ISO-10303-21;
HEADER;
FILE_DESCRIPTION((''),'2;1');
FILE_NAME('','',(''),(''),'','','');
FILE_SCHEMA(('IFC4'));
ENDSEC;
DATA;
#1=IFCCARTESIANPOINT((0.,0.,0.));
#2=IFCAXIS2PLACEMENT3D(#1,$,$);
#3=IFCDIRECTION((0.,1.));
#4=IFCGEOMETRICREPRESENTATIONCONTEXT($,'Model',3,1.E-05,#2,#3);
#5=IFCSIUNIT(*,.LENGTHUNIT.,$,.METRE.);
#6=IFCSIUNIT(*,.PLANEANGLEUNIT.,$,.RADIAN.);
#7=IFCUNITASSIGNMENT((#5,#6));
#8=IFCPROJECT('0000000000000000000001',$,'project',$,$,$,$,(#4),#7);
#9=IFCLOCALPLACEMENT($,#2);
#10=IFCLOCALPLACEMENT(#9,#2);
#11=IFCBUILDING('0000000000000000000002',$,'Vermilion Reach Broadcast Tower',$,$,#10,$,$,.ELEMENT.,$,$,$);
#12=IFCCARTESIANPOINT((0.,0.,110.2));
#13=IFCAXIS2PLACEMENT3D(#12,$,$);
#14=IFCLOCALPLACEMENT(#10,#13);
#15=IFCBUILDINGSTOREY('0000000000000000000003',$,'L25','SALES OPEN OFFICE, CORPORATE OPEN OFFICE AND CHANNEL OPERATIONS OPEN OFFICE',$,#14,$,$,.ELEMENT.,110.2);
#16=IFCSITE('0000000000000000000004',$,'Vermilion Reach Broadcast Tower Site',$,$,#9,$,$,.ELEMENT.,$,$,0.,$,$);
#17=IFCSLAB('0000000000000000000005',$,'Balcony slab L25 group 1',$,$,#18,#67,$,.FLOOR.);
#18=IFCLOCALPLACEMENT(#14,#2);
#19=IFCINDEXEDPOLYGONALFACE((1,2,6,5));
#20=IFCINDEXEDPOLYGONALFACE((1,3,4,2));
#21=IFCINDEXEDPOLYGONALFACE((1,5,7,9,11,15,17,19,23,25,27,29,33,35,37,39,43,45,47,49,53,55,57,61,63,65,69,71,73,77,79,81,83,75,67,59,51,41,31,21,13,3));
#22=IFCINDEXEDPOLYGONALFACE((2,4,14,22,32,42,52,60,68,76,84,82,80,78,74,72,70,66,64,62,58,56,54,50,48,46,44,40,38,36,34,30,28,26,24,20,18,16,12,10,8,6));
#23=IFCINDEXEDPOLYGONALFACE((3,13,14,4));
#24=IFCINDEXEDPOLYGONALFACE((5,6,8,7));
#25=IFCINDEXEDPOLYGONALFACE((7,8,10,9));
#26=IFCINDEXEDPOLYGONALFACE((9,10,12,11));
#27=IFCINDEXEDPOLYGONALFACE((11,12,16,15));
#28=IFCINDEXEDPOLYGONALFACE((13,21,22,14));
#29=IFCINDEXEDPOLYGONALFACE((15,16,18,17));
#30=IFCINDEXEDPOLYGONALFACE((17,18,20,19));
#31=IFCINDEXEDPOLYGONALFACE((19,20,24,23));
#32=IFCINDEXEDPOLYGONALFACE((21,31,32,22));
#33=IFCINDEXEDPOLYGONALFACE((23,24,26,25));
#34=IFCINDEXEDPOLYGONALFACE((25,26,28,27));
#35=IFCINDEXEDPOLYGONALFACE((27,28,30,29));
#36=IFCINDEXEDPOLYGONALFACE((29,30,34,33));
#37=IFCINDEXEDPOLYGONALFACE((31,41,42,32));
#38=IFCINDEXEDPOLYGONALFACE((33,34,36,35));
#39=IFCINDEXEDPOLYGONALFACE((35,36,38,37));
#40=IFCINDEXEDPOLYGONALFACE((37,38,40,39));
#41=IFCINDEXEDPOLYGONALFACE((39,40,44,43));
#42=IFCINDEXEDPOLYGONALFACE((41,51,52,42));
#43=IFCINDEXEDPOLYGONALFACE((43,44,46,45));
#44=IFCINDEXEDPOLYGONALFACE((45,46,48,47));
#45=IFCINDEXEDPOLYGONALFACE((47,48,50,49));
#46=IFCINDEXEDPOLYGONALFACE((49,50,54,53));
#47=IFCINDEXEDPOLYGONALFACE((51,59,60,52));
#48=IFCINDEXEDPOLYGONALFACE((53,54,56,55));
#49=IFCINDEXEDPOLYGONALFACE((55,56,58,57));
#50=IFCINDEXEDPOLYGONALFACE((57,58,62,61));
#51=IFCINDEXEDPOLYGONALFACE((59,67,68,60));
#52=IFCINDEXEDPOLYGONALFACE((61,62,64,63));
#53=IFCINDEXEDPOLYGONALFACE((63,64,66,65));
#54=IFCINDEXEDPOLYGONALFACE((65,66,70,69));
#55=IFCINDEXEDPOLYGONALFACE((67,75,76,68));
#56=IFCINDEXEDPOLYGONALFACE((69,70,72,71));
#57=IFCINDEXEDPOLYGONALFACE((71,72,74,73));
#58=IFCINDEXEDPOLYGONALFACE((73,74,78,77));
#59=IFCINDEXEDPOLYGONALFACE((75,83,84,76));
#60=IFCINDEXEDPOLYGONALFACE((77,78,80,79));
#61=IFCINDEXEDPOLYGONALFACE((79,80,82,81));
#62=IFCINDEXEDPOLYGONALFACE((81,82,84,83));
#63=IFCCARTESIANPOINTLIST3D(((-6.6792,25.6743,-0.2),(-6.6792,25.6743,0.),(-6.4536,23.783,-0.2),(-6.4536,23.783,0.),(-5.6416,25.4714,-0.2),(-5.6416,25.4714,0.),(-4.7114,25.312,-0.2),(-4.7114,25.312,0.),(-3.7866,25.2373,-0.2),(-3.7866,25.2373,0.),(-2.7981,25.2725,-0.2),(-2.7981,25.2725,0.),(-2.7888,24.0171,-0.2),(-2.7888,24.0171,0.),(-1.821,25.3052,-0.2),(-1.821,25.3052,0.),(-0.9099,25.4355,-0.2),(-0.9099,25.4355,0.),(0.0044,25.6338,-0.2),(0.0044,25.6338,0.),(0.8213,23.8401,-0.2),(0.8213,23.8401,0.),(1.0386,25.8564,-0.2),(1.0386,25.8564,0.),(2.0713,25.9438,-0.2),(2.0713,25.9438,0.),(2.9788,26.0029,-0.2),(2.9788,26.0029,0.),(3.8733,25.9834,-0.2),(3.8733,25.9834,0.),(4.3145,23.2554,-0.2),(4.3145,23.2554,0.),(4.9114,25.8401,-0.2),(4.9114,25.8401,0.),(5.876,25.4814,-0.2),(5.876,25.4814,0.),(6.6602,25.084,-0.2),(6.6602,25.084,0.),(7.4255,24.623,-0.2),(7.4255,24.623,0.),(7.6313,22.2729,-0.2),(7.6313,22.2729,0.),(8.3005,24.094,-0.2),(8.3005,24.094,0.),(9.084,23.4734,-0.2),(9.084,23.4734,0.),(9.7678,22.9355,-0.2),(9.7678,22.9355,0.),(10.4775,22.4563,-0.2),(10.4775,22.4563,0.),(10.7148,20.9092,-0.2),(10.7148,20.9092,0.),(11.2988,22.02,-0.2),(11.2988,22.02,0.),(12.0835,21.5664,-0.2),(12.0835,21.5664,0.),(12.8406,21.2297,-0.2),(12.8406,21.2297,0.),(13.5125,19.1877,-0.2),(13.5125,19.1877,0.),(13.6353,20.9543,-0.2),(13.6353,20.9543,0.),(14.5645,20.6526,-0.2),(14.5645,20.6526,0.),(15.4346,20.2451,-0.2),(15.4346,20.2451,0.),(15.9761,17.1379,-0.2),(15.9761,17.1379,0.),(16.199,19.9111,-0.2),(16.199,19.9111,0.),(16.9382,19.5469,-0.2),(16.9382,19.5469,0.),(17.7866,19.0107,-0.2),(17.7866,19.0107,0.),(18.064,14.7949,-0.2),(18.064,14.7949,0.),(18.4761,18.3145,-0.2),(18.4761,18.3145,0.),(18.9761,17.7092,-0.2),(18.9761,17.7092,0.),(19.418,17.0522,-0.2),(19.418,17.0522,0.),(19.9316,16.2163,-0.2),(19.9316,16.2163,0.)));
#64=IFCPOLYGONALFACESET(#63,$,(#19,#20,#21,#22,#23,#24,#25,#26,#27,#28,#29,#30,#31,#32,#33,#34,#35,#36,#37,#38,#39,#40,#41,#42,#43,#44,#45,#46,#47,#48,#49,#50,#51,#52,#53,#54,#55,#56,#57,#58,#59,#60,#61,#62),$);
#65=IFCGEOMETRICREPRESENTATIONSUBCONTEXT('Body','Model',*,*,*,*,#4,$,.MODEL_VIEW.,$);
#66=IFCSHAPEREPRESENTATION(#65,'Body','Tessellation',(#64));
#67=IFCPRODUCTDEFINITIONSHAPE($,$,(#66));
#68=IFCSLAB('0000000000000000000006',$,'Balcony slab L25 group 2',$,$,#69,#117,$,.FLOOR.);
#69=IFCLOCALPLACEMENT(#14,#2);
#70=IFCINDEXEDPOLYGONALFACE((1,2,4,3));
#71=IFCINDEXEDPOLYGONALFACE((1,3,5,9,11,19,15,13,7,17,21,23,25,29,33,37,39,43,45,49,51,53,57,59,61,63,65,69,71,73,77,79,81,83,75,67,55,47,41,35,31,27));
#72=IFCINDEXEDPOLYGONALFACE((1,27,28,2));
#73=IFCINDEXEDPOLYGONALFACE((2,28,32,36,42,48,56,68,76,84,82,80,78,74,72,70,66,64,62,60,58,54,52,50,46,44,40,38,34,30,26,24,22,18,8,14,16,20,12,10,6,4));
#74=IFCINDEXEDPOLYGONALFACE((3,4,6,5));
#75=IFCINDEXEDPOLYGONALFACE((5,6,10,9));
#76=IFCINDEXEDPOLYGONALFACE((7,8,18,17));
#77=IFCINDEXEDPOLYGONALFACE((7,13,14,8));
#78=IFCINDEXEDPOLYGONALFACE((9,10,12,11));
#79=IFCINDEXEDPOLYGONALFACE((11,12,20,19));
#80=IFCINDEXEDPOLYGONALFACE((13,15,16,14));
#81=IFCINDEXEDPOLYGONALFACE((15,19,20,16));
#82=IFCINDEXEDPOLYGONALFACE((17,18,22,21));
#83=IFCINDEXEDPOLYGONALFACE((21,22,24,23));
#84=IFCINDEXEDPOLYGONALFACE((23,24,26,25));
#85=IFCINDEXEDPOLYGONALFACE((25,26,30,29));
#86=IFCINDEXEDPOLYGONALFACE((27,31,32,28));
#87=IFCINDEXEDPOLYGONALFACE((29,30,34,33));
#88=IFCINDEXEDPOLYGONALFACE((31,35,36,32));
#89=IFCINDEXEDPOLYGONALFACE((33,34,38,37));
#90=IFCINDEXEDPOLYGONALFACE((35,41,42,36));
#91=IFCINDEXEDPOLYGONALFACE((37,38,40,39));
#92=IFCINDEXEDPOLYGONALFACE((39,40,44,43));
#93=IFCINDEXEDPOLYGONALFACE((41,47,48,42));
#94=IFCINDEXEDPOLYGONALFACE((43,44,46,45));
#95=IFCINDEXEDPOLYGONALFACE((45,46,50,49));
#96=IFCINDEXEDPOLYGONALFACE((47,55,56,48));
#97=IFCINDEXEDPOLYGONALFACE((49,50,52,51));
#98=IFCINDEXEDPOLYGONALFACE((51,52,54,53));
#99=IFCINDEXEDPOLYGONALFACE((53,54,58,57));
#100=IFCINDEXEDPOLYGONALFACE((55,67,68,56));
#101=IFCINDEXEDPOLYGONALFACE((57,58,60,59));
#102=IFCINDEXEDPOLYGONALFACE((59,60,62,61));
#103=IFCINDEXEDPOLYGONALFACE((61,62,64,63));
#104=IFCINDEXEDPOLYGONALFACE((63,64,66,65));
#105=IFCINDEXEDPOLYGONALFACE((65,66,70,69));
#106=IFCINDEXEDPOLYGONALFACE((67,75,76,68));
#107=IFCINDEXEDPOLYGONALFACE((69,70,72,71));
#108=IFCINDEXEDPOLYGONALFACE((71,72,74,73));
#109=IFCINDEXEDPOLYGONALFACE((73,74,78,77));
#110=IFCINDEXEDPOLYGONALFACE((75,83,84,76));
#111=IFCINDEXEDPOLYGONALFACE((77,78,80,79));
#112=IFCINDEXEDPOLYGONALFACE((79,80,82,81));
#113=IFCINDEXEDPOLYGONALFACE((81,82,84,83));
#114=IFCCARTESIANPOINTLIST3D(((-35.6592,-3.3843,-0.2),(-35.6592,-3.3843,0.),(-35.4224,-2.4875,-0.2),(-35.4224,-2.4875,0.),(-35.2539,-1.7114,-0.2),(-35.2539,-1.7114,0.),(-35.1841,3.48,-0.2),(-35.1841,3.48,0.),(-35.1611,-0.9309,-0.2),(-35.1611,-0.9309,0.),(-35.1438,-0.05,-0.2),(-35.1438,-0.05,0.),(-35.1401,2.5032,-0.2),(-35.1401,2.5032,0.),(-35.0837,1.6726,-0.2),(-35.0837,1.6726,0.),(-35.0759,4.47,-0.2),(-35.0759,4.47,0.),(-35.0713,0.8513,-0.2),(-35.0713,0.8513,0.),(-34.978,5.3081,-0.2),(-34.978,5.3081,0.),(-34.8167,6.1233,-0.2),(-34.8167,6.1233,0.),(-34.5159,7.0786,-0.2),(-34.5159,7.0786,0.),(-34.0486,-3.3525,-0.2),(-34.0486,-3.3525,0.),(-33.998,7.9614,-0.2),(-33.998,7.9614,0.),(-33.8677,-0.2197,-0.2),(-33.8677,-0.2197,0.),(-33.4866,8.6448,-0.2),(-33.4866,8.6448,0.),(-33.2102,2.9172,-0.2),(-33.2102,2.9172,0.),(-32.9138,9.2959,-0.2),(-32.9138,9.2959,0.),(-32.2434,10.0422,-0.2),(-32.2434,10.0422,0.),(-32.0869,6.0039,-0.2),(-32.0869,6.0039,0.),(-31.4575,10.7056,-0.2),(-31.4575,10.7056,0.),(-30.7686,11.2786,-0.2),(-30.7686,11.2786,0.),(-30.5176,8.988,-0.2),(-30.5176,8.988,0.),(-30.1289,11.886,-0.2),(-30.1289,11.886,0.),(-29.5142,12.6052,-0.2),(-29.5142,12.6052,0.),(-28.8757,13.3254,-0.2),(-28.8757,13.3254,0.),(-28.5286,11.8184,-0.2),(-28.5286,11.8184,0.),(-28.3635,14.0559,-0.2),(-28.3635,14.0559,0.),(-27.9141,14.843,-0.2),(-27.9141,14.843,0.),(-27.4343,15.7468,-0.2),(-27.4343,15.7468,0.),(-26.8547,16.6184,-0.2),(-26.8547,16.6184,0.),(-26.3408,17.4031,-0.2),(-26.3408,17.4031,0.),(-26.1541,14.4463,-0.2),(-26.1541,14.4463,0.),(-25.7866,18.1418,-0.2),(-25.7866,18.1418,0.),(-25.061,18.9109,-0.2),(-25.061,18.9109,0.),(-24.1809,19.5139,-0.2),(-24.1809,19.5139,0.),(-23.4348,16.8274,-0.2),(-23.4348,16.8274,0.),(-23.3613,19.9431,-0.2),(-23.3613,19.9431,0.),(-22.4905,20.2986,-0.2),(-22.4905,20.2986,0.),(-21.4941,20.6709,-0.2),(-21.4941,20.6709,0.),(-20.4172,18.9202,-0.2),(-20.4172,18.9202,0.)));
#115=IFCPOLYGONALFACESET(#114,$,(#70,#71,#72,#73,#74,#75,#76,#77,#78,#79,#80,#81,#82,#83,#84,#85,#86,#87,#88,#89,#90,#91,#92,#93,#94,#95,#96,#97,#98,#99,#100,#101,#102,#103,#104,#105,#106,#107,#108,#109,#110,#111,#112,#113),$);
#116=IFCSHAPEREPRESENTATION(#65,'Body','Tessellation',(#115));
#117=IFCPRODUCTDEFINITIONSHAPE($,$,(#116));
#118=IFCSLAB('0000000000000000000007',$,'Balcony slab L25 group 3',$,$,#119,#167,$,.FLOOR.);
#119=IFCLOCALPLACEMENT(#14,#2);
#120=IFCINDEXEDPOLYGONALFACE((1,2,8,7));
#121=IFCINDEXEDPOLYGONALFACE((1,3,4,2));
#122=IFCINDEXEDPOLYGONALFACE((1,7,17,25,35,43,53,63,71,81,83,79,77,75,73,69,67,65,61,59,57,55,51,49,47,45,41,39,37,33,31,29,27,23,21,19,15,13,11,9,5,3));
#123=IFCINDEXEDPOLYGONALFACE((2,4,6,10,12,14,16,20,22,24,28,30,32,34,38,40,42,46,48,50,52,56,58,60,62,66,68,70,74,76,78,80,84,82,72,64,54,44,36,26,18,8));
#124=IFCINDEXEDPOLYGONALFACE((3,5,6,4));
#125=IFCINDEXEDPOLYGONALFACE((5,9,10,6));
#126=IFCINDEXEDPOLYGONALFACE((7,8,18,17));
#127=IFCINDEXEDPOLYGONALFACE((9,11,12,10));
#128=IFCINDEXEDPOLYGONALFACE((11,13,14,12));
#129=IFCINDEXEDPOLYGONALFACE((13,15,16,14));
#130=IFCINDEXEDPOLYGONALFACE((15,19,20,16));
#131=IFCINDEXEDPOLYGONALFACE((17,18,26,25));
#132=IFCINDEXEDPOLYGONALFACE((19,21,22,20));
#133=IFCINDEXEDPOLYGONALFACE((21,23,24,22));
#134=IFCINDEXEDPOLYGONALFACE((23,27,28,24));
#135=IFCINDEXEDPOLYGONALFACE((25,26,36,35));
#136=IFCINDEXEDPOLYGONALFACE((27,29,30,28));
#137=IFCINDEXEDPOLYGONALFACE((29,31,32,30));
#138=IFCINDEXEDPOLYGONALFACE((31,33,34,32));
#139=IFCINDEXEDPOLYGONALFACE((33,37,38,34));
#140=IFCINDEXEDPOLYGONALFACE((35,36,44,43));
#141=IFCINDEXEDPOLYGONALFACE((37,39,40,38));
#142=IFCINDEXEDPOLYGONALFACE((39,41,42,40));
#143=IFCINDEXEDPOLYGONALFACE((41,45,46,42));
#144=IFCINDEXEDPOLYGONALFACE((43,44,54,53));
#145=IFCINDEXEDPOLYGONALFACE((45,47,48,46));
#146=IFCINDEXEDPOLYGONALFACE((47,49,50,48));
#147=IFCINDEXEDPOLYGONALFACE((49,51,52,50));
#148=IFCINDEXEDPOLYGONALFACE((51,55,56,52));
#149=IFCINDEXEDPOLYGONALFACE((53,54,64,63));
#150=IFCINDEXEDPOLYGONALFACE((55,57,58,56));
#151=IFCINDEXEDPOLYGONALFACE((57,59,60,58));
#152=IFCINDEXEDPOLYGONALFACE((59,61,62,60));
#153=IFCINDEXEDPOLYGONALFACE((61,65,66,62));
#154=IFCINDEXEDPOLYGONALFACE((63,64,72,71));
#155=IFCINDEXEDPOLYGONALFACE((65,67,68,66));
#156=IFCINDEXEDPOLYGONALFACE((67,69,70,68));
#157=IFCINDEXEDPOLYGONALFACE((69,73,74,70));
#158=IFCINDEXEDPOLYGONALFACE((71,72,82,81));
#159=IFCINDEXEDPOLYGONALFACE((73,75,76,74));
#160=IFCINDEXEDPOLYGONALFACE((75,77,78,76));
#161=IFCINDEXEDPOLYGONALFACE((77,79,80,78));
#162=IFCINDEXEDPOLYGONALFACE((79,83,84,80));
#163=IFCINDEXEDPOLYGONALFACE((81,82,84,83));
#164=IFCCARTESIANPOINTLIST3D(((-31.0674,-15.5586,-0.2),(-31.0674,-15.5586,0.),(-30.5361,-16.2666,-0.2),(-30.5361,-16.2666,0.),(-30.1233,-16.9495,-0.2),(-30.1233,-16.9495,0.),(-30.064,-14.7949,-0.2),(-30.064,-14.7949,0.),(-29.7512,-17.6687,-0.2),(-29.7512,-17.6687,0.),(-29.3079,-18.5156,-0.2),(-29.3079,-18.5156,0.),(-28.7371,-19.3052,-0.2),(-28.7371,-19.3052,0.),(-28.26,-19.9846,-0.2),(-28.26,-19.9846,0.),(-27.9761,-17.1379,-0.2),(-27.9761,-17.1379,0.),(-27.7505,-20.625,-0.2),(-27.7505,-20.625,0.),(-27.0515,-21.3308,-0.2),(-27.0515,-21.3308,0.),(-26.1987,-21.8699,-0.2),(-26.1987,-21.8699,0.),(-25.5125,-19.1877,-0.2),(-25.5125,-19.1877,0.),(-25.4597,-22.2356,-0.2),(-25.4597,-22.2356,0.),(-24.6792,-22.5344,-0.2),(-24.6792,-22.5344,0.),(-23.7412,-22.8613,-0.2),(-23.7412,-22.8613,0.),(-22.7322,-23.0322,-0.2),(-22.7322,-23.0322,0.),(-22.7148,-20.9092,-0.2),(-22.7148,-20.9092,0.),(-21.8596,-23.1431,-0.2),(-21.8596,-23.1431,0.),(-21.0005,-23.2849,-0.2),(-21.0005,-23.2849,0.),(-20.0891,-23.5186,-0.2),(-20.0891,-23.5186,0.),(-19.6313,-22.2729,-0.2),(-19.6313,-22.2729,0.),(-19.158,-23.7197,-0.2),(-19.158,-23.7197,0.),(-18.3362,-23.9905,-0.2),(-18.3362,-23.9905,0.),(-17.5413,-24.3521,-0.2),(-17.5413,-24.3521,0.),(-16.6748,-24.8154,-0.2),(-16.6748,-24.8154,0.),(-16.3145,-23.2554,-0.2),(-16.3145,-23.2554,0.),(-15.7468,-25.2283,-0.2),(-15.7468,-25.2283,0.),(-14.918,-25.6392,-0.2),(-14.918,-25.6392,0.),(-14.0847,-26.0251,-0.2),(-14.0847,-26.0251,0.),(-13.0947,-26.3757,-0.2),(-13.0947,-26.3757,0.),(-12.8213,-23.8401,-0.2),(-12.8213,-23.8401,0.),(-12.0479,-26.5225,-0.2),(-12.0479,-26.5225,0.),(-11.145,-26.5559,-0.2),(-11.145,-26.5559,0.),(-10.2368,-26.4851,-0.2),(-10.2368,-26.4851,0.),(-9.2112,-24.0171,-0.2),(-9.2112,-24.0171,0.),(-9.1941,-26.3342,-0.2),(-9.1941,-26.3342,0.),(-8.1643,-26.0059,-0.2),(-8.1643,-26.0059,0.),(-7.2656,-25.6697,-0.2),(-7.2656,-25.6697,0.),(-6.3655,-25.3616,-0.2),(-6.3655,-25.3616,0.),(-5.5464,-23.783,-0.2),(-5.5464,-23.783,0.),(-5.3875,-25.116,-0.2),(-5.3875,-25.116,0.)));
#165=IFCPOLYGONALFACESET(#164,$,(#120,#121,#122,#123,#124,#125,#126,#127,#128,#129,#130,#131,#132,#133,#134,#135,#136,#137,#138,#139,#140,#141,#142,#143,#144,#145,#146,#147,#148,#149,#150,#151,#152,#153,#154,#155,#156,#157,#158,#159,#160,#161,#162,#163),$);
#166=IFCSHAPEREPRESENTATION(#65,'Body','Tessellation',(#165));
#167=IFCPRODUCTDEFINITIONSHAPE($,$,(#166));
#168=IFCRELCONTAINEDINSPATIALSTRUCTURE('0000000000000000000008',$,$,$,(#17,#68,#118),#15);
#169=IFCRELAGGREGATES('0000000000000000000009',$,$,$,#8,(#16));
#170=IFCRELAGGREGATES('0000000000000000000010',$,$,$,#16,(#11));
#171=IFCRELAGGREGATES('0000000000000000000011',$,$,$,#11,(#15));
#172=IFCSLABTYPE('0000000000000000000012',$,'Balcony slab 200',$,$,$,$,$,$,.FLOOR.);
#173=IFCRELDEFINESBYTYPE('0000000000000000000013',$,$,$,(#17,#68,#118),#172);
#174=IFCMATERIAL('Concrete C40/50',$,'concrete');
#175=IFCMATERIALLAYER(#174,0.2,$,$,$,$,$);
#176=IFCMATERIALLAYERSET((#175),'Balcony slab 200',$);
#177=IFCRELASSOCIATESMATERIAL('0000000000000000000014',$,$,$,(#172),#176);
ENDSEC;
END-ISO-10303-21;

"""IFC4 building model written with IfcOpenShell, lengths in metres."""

from ifc_helpers import new_model, si_unit, direction, frame, origin, place, context, subcontext, project, spatial, polyline, outline, extrude, material, layer, layer_set, type_object, element, save


model = new_model("IFC4")

# Units and contexts
model_context = context("Model", 3, precision=1e-05, world=origin(), true_north=direction((0.0, 1.0)))
body_context = subcontext(model_context, "Body", "Model", "MODEL_VIEW")
ifc_project = project(units=[si_unit("LENGTHUNIT", "METRE"), si_unit("PLANEANGLEUNIT", "RADIAN")], contexts=[model_context])

# Site, building, storey
site_placement = place(None, origin())
site = spatial("IfcSite", under=ifc_project, at=site_placement, Name="Vermilion Reach Broadcast Tower Site", CompositionType="ELEMENT", RefElevation=0.0)
building_placement = place(site_placement, origin())
building = spatial("IfcBuilding", under=site, at=building_placement, Name="Vermilion Reach Broadcast Tower", CompositionType="ELEMENT")
storey_placement = place(building_placement, frame((0.0, 0.0, 110.2)))
storey = spatial("IfcBuildingStorey", under=building, at=storey_placement, Name="L25", Description="SALES OPEN OFFICE, CORPORATE OPEN OFFICE AND CHANNEL OPERATIONS OPEN OFFICE", CompositionType="ELEMENT", Elevation=110.2)

# Slabs
ifc_material_1 = material(Name="Concrete C40/50", Category="concrete")
ifc_layer_1 = layer(ifc_material_1, 0.2)
ifc_layer_set_1 = layer_set([ifc_layer_1], Name="Balcony slab 200")
slab_type_1 = type_object("IfcSlabType", Name="Balcony slab 200", PredefinedType="FLOOR", material=ifc_layer_set_1)
placement_1 = place(storey_placement, frame((0.0, 0.0, -0.2)))
element("IfcSlab", 1, at=placement_1, inside=storey, type_object=slab_type_1, Name="Balcony slab L25 group 1", PredefinedType="FLOOR", context=body_context, shape_type="SweptSolid", body=[
    extrude(outline(polyline([(18.064, 14.7949), (15.9761, 17.1379), (13.5125, 19.1877), (10.7148, 20.9092), (7.6313, 22.2729), (4.3145, 23.2554), (0.8213, 23.8401), (-2.7888, 24.0171), (-6.4536, 23.783), (-6.6792, 25.6743), (-5.6416, 25.4714), (-4.7114, 25.312), (-3.7866, 25.2373), (-2.7981, 25.2725), (-1.821, 25.3052), (-0.9099, 25.4355), (0.0044, 25.6338), (1.0386, 25.8564), (2.0713, 25.9438), (2.9788, 26.0029), (3.8733, 25.9834), (4.9114, 25.8401), (5.876, 25.4814), (6.6602, 25.084), (7.4255, 24.623), (8.3005, 24.094), (9.084, 23.4734), (9.7678, 22.9355), (10.4775, 22.4563), (11.2988, 22.02), (12.0835, 21.5664), (12.8406, 21.2297), (13.6353, 20.9543), (14.5645, 20.6526), (15.4346, 20.2451), (16.199, 19.9111), (16.9382, 19.5469), (17.7866, 19.0107), (18.4761, 18.3145), (18.9761, 17.7092), (19.418, 17.0522), (19.9316, 16.2163), (18.064, 14.7949)])), origin(), (0.0, 0.0, 1.0), 0.2),
])
element("IfcSlab", 2, at=placement_1, inside=storey, type_object=slab_type_1, Name="Balcony slab L25 group 2", PredefinedType="FLOOR", context=body_context, shape_type="SweptSolid", body=[
    extrude(outline(polyline([(-20.4172, 18.9202), (-23.4348, 16.8274), (-26.1541, 14.4463), (-28.5286, 11.8184), (-30.5176, 8.988), (-32.0869, 6.0039), (-33.2102, 2.9172), (-33.8677, -0.2197), (-34.0486, -3.3525), (-35.6592, -3.3843), (-35.4224, -2.4875), (-35.2539, -1.7114), (-35.1611, -0.9309), (-35.1438, -0.05), (-35.0713, 0.8513), (-35.0837, 1.6726), (-35.1401, 2.5032), (-35.1841, 3.48), (-35.0759, 4.47), (-34.978, 5.3081), (-34.8167, 6.1233), (-34.5159, 7.0786), (-33.998, 7.9614), (-33.4866, 8.6448), (-32.9138, 9.2959), (-32.2434, 10.0422), (-31.4575, 10.7056), (-30.7686, 11.2786), (-30.1289, 11.886), (-29.5142, 12.6052), (-28.8757, 13.3254), (-28.3635, 14.0559), (-27.9141, 14.843), (-27.4343, 15.7468), (-26.8547, 16.6184), (-26.3408, 17.4031), (-25.7866, 18.1418), (-25.061, 18.9109), (-24.1809, 19.5139), (-23.3613, 19.9431), (-22.4905, 20.2986), (-21.4941, 20.6709), (-20.4172, 18.9202)])), origin(), (0.0, 0.0, 1.0), 0.2),
])
element("IfcSlab", 3, at=placement_1, inside=storey, type_object=slab_type_1, Name="Balcony slab L25 group 3", PredefinedType="FLOOR", context=body_context, shape_type="SweptSolid", body=[
    extrude(outline(polyline([(-30.064, -14.7949), (-27.9761, -17.1379), (-25.5125, -19.1877), (-22.7148, -20.9092), (-19.6313, -22.2729), (-16.3145, -23.2554), (-12.8213, -23.8401), (-9.2112, -24.0171), (-5.5464, -23.783), (-5.3875, -25.116), (-6.3655, -25.3616), (-7.2656, -25.6697), (-8.1643, -26.0059), (-9.1941, -26.3342), (-10.2368, -26.4851), (-11.145, -26.5559), (-12.0479, -26.5225), (-13.0947, -26.3757), (-14.0847, -26.0251), (-14.918, -25.6392), (-15.7468, -25.2283), (-16.6748, -24.8154), (-17.5413, -24.3521), (-18.3362, -23.9905), (-19.158, -23.7197), (-20.0891, -23.5186), (-21.0005, -23.2849), (-21.8596, -23.1431), (-22.7322, -23.0322), (-23.7412, -22.8613), (-24.6792, -22.5344), (-25.4597, -22.2356), (-26.1987, -21.8699), (-27.0515, -21.3308), (-27.7505, -20.625), (-28.26, -19.9846), (-28.7371, -19.3052), (-29.3079, -18.5156), (-29.7512, -17.6687), (-30.1233, -16.9495), (-30.5361, -16.2666), (-31.0674, -15.5586), (-30.064, -14.7949)])), origin(), (0.0, 0.0, 1.0), 0.2),
])

save(model, "model.ifc")
